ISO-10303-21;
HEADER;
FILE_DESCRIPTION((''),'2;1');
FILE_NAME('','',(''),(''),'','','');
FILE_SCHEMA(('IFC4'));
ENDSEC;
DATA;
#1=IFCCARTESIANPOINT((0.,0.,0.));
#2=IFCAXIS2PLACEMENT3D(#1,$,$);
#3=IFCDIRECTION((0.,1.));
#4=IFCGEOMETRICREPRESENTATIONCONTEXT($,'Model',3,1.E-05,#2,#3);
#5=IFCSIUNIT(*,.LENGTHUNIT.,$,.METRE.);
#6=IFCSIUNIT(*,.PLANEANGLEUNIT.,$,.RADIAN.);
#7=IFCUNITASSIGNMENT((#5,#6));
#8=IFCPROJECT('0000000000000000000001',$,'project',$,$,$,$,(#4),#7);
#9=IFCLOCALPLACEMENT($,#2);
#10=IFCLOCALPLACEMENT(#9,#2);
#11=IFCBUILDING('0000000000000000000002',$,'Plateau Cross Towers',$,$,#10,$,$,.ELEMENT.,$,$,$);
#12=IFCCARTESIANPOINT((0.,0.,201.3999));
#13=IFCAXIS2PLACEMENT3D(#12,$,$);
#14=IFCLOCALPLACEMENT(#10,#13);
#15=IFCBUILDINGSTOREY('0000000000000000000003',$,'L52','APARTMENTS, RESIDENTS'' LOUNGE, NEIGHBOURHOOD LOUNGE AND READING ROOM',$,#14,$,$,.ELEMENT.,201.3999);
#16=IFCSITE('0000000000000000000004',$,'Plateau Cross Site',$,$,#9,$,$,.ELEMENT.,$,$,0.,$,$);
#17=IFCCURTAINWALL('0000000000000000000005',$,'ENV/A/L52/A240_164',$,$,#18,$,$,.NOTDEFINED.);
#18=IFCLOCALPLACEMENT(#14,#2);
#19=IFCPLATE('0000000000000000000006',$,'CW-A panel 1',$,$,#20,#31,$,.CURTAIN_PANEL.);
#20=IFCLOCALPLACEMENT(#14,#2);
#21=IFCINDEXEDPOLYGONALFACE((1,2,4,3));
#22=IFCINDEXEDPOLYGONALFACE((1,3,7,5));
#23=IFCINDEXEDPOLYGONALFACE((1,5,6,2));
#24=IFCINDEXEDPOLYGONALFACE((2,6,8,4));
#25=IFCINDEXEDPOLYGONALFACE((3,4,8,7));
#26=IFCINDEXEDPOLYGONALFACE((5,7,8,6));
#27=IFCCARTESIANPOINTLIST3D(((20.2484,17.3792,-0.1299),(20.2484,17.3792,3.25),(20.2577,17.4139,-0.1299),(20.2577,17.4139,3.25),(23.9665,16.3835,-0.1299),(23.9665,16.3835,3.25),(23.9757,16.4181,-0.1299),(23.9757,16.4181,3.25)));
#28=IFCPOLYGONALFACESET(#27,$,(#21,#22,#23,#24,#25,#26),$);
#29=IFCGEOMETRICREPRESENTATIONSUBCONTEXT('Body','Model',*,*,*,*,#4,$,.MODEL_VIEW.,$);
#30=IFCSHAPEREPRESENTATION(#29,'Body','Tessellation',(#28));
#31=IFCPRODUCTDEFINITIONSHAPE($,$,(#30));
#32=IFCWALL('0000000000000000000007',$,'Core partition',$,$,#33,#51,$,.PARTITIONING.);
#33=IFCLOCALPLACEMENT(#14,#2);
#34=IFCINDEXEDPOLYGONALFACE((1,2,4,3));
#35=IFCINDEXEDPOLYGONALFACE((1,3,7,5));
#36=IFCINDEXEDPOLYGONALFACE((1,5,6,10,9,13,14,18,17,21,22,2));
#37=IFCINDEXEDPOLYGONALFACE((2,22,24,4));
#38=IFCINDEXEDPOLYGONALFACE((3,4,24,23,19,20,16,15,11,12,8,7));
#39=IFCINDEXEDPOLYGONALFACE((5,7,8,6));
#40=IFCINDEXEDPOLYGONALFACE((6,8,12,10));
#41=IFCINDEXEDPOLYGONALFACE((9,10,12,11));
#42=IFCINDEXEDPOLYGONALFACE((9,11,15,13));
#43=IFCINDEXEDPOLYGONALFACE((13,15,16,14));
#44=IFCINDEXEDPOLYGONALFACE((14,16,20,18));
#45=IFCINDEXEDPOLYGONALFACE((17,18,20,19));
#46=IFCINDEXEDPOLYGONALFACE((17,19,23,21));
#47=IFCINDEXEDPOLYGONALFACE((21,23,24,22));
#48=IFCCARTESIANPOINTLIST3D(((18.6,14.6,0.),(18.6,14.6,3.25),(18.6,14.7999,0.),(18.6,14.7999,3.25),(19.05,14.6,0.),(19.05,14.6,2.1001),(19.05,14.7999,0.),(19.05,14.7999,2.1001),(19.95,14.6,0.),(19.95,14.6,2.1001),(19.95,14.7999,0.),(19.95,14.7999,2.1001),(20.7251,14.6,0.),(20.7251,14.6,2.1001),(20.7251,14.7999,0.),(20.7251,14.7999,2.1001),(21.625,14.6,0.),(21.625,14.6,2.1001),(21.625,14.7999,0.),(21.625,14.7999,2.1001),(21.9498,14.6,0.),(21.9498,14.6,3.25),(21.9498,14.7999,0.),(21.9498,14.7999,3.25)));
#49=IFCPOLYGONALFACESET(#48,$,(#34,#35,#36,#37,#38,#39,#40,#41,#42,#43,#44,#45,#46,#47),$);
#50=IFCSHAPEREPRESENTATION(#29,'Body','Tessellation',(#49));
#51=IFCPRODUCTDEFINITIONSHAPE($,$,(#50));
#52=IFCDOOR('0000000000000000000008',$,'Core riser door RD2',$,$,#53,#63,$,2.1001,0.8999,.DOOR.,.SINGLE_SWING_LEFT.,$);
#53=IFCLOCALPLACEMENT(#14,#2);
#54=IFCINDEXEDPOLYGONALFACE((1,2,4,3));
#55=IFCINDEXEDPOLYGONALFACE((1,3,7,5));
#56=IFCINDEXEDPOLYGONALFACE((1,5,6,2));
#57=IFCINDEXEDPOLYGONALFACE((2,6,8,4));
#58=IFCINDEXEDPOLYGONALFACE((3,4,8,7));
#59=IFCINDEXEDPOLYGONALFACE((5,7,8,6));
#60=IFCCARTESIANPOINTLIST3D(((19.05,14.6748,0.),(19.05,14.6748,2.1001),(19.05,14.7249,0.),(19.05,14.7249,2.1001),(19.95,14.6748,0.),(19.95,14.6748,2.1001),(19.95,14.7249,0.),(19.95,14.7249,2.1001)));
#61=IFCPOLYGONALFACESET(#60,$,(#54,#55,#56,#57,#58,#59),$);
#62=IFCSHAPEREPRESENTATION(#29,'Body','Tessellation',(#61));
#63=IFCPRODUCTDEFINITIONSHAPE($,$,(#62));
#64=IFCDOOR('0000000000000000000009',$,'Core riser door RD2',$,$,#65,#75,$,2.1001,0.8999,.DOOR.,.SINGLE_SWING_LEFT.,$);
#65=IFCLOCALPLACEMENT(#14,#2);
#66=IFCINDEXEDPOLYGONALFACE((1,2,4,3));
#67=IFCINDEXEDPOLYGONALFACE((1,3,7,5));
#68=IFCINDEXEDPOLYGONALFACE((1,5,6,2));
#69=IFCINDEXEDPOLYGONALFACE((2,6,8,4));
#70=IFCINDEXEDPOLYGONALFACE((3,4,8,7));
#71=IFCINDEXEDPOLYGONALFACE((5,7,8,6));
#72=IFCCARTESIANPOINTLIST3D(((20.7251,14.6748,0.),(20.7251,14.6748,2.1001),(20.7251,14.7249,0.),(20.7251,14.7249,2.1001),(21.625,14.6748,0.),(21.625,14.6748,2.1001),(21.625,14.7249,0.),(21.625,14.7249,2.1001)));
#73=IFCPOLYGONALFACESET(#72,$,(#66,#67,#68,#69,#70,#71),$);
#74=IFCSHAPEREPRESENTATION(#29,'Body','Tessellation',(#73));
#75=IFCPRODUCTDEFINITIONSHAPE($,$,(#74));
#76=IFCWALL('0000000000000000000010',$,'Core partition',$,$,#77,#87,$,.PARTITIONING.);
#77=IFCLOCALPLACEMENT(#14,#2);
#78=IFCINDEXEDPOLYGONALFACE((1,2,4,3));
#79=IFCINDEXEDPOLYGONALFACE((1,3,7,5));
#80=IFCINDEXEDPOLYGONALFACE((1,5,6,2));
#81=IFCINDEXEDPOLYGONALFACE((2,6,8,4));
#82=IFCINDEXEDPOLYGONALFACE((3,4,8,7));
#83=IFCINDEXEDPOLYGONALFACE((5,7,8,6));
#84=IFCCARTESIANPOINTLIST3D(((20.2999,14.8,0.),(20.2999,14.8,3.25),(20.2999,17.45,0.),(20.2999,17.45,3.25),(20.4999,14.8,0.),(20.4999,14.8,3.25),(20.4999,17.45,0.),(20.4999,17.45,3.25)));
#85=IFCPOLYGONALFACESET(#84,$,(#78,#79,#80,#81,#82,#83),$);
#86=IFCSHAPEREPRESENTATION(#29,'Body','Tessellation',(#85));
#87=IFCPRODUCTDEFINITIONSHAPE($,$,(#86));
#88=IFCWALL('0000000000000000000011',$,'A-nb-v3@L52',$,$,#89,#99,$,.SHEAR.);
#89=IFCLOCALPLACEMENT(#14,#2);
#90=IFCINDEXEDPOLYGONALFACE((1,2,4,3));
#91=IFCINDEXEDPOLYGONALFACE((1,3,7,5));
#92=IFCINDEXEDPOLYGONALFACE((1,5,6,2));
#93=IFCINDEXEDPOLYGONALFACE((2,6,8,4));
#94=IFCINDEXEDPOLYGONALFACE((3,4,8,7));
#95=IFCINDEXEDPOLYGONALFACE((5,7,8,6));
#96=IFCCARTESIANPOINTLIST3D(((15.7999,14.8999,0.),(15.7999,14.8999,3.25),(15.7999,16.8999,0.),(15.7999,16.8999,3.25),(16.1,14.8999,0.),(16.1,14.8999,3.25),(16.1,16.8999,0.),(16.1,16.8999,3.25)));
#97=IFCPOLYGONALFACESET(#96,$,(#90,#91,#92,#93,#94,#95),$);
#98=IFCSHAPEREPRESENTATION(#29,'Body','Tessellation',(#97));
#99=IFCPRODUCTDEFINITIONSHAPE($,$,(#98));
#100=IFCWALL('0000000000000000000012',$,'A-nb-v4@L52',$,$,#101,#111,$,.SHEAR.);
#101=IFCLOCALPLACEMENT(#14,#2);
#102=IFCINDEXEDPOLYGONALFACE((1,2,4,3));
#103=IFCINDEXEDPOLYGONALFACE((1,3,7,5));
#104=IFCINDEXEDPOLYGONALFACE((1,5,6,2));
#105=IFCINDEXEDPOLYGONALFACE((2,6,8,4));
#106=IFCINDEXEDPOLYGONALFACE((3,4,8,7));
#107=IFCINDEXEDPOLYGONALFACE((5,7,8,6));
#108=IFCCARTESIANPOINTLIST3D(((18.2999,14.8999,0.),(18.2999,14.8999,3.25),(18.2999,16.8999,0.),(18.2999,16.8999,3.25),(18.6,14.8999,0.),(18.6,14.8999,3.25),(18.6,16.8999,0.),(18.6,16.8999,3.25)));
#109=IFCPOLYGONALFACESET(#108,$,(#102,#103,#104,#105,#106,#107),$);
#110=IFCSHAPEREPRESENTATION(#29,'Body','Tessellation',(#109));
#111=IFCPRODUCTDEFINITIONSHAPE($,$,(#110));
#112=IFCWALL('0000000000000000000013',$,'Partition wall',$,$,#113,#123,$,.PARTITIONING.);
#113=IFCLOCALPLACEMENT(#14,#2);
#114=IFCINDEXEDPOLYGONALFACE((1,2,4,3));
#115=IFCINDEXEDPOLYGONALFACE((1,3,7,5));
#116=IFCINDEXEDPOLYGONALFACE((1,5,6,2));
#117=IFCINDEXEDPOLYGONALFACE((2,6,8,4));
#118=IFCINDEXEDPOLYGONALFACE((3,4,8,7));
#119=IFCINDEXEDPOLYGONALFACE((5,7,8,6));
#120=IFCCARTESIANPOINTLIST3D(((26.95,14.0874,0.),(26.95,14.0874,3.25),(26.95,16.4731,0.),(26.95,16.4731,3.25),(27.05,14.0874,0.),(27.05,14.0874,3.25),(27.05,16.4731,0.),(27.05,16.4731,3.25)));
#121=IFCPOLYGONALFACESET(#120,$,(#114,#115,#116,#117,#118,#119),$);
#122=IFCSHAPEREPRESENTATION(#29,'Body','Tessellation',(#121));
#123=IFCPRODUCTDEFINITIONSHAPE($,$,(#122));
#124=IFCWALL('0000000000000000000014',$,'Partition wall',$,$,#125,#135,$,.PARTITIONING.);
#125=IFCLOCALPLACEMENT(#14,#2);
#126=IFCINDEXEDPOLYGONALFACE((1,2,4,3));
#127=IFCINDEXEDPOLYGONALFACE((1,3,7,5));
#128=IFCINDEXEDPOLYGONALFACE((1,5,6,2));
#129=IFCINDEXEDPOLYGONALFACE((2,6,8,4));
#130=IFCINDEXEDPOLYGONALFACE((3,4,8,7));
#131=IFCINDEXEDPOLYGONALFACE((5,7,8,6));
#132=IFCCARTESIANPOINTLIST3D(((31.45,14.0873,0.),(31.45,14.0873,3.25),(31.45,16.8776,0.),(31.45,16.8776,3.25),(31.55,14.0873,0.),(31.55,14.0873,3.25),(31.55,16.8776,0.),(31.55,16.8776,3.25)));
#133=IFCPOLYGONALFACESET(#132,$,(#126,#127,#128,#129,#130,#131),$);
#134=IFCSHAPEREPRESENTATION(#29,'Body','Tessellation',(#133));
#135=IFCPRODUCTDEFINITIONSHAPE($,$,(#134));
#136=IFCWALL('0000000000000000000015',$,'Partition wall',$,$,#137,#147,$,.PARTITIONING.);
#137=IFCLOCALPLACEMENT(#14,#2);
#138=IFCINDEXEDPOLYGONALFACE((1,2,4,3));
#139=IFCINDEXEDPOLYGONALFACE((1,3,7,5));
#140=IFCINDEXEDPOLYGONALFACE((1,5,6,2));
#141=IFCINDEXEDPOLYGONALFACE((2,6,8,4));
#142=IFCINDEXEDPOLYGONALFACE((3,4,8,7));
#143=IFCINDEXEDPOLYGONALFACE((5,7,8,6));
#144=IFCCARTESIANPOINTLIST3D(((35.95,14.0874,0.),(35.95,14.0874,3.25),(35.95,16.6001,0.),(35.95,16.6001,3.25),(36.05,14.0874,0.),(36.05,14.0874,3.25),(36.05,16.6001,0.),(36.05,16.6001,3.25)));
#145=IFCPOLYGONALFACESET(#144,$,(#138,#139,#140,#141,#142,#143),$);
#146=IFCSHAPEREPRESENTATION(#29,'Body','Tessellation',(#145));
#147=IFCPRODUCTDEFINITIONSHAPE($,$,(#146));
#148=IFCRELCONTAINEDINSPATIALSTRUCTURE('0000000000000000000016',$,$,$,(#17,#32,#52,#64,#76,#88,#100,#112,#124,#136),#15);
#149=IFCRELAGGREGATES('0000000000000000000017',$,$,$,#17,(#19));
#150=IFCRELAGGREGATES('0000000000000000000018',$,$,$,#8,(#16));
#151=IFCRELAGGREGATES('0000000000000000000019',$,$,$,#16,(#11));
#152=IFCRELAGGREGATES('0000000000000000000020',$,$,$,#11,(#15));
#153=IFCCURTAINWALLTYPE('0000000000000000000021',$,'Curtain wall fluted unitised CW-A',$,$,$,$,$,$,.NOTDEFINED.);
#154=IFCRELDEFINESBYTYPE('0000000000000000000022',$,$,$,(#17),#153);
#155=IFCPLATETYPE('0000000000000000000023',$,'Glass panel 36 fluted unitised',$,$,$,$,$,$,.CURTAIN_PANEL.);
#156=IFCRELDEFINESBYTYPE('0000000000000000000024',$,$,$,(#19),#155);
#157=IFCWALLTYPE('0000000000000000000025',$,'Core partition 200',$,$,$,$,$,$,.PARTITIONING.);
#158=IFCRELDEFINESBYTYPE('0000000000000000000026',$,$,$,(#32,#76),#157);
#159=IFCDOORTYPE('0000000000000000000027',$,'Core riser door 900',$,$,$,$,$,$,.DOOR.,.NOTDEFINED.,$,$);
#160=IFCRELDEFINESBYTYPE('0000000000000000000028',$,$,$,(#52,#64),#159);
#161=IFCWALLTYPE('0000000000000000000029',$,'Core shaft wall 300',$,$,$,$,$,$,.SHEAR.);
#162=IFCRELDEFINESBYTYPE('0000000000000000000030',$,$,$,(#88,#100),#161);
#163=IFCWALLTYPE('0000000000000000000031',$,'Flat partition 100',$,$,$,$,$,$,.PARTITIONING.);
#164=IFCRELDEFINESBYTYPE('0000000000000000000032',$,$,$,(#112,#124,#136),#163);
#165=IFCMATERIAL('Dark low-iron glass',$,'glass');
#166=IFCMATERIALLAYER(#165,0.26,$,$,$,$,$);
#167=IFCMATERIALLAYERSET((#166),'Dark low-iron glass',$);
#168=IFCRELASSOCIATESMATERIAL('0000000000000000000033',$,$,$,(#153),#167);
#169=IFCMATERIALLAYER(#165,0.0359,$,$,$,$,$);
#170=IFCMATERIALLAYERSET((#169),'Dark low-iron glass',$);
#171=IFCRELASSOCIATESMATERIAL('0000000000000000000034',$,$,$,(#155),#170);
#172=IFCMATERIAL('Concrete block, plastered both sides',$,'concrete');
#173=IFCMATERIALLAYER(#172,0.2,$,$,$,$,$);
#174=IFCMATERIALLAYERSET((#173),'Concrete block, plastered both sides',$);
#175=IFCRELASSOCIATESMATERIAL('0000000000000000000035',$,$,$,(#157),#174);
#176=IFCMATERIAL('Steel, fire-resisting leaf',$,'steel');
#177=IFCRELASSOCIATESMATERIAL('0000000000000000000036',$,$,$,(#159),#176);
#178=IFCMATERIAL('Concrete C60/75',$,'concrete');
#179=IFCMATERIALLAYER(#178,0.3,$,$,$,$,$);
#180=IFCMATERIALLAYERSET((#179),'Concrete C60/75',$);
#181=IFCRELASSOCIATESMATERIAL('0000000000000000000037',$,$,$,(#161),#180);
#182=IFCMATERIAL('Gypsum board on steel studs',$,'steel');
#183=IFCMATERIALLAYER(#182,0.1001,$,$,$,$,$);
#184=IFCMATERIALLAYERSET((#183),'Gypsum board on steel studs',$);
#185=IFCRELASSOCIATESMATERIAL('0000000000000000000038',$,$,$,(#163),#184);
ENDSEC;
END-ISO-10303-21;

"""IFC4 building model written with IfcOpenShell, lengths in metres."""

from ifc_helpers import new_model, si_unit, direction, frame, frame_2d, origin, origin_2d, place, context, subcontext, project, spatial, rectangle, extrude, material, layer, layer_set, type_object, element, fill, aggregate, save


model = new_model("IFC4")

# Units and contexts
model_context = context("Model", 3, precision=1e-05, world=origin(), true_north=direction((0.0, 1.0)))
body_context = subcontext(model_context, "Body", "Model", "MODEL_VIEW")
ifc_project = project(units=[si_unit("LENGTHUNIT", "METRE"), si_unit("PLANEANGLEUNIT", "RADIAN")], contexts=[model_context])

# Site, building, storey
site_placement = place(None, origin())
site = spatial("IfcSite", under=ifc_project, at=site_placement, Name="Plateau Cross Site", CompositionType="ELEMENT", RefElevation=0.0)
building_placement = place(site_placement, origin())
building = spatial("IfcBuilding", under=site, at=building_placement, Name="Plateau Cross Towers", CompositionType="ELEMENT")
storey_placement = place(building_placement, frame((0.0, 0.0, 201.3999)))
storey = spatial("IfcBuildingStorey", under=building, at=storey_placement, Name="L52", Description="APARTMENTS, RESIDENTS' LOUNGE, NEIGHBOURHOOD LOUNGE AND READING ROOM", CompositionType="ELEMENT", Elevation=201.3999)

# Shared definitions
ifc_material_1 = material(Name="Concrete C60/75", Category="concrete")

# Curtain wall
ifc_material_2 = material(Name="Dark low-iron glass", Category="glass")
ifc_layer_1 = layer(ifc_material_2, 0.26)
ifc_layer_set_1 = layer_set([ifc_layer_1], Name="Dark low-iron glass")
curtain_wall_type_1 = type_object("IfcCurtainWallType", Name="Curtain wall fluted unitised CW-A", PredefinedType="NOTDEFINED", material=ifc_layer_set_1)
curtain_wall_1_placement = place(storey_placement, origin())
curtain_wall_1 = element("IfcCurtainWall", 1, at=curtain_wall_1_placement, inside=storey, type_object=curtain_wall_type_1, Name="ENV/A/L52/A240_164", PredefinedType="NOTDEFINED")

# Plate
ifc_layer_2 = layer(ifc_material_2, 0.0359)
ifc_layer_set_2 = layer_set([ifc_layer_2], Name="Dark low-iron glass")
plate_type_1 = type_object("IfcPlateType", Name="Glass panel 36 fluted unitised", PredefinedType="CURTAIN_PANEL", material=ifc_layer_set_2)
plate_1_placement = place(storey_placement, frame((22.1121, 16.8987, -0.1299), z_axis=(0.0, 0.0, 1.0), x_axis=(-0.965958, 0.258699, 0.0)))
plate_1 = element("IfcPlate", 2, at=plate_1_placement, type_object=plate_type_1, Name="CW-A panel 1", PredefinedType="CURTAIN_PANEL", context=body_context, shape_type="SweptSolid", body=[
    extrude(rectangle(XDim=3.8491, YDim=0.0359, at=origin_2d()), origin(), (0.0, 0.0, 1.0), 3.3799),
])
aggregate(curtain_wall_1, [plate_1])

# Wall, openings, doors
ifc_material_3 = material(Name="Concrete block, plastered both sides", Category="concrete")
ifc_layer_3 = layer(ifc_material_3, 0.2)
ifc_layer_set_3 = layer_set([ifc_layer_3], Name="Concrete block, plastered both sides")
wall_type_1 = type_object("IfcWallType", Name="Core partition 200", PredefinedType="PARTITIONING", material=ifc_layer_set_3)
wall_1_placement = place(storey_placement, frame((18.6001, 14.7, 0.0), z_axis=(0.0, 0.0, 1.0), x_axis=(1.0, 0.0, 0.0)))
wall_1 = element("IfcWall", 3, at=wall_1_placement, inside=storey, type_object=wall_type_1, Name="Core partition", PredefinedType="PARTITIONING", context=body_context, shape_type="SweptSolid", body=[
    extrude(rectangle(XDim=3.3499, YDim=0.2, at=frame_2d((1.6748, 0.0))), origin(), (0.0, 0.0, 1.0), 3.25),
])
opening_1_placement = place(wall_1_placement, frame((0.45, 0.0, 0.0)))
opening_1 = element("IfcOpeningElement", 4, at=opening_1_placement, cuts=wall_1, PredefinedType="OPENING", context=body_context, shape_type="SweptSolid", body=[
    extrude(rectangle(XDim=0.8999, YDim=2.1001, at=frame_2d((0.45, 1.05))), frame((0.0, 0.1099, 0.0), z_axis=(0.0, -1.0, 0.0), x_axis=(1.0, 0.0, 0.0)), (0.0, 0.0, 1.0), 0.22),
])
opening_2_placement = place(wall_1_placement, frame((2.125, 0.0, 0.0)))
opening_2 = element("IfcOpeningElement", 5, at=opening_2_placement, cuts=wall_1, PredefinedType="OPENING", context=body_context, shape_type="SweptSolid", body=[
    extrude(rectangle(XDim=0.8999, YDim=2.1001, at=frame_2d((0.45, 1.05))), frame((0.0, 0.1099, 0.0), z_axis=(0.0, -1.0, 0.0), x_axis=(1.0, 0.0, 0.0)), (0.0, 0.0, 1.0), 0.22),
])
ifc_material_4 = material(Name="Steel, fire-resisting leaf", Category="steel")
door_type = type_object("IfcDoorType", Name="Core riser door 900", OperationType="NOTDEFINED", PredefinedType="DOOR", material=ifc_material_4)
door_1_placement = place(opening_1_placement, origin())
door_1 = element("IfcDoor", 6, at=door_1_placement, inside=storey, type_object=door_type, Name="Core riser door RD2", OperationType="SINGLE_SWING_LEFT", OverallHeight=2.1001, OverallWidth=0.8999, PredefinedType="DOOR", context=body_context, shape_type="SweptSolid", body=[
    extrude(rectangle(XDim=0.8999, YDim=2.1001, at=frame_2d((0.45, 1.05))), frame((0.0, 0.0249, 0.0), z_axis=(0.0, -1.0, 0.0), x_axis=(1.0, 0.0, 0.0)), (0.0, 0.0, 1.0), 0.05),
])
fill(opening_1, door_1)
door_2_placement = place(opening_2_placement, origin())
door_2 = element("IfcDoor", 7, at=door_2_placement, inside=storey, type_object=door_type, Name="Core riser door RD2", OperationType="SINGLE_SWING_LEFT", OverallHeight=2.1001, OverallWidth=0.8999, PredefinedType="DOOR", context=body_context, shape_type="SweptSolid", body=[
    extrude(rectangle(XDim=0.8999, YDim=2.1001, at=frame_2d((0.45, 1.05))), frame((0.0, 0.0249, 0.0), z_axis=(0.0, -1.0, 0.0), x_axis=(1.0, 0.0, 0.0)), (0.0, 0.0, 1.0), 0.05),
])
fill(opening_2, door_2)

# Walls
wall_2_placement = place(storey_placement, frame((20.3999, 14.8, 0.0), z_axis=(0.0, 0.0, 1.0), x_axis=(0.0, 1.0, 0.0)))
element("IfcWall", 8, at=wall_2_placement, inside=storey, type_object=wall_type_1, Name="Core partition", PredefinedType="PARTITIONING", context=body_context, shape_type="SweptSolid", body=[
    extrude(rectangle(XDim=2.6499, YDim=0.2, at=frame_2d((1.325, 0.0))), origin(), (0.0, 0.0, 1.0), 3.25),
])
ifc_layer_4 = layer(ifc_material_1, 0.3)
ifc_layer_set_4 = layer_set([ifc_layer_4], Name="Concrete C60/75")
wall_type_2 = type_object("IfcWallType", Name="Core shaft wall 300", PredefinedType="SHEAR", material=ifc_layer_set_4)
for number, where, z_axis, x_axis, name in (
    (9, (15.95, 14.8999, 0.0), (0.0, 0.0, 1.0), (0.0, 1.0, 0.0), "A-nb-v3@L52"),
    (10, (18.45, 14.8999, 0.0), (0.0, 0.0, 1.0), (0.0, 1.0, 0.0), "A-nb-v4@L52"),
):
    element("IfcWall", number, at=place(storey_placement, frame(where, z_axis=z_axis, x_axis=x_axis)), inside=storey, type_object=wall_type_2, Name=name, PredefinedType="SHEAR", context=body_context, shape_type="SweptSolid", body=[
        extrude(rectangle(XDim=2.0, YDim=0.3, at=frame_2d((1.0, 0.0))), origin(), (0.0, 0.0, 1.0), 3.25),
    ])
ifc_material_5 = material(Name="Gypsum board on steel studs", Category="steel")
ifc_layer_5 = layer(ifc_material_5, 0.1001)
ifc_layer_set_5 = layer_set([ifc_layer_5], Name="Gypsum board on steel studs")
wall_type_3 = type_object("IfcWallType", Name="Flat partition 100", PredefinedType="PARTITIONING", material=ifc_layer_set_5)
wall_3_placement = place(storey_placement, frame((27.0, 16.4731, 0.0), z_axis=(0.0, 0.0, 1.0), x_axis=(0.0, -1.0, 0.0)))
element("IfcWall", 11, at=wall_3_placement, inside=storey, type_object=wall_type_3, Name="Partition wall", PredefinedType="PARTITIONING", context=body_context, shape_type="SweptSolid", body=[
    extrude(rectangle(XDim=2.3857, YDim=0.1001, at=frame_2d((1.1929, 0.0))), origin(), (0.0, 0.0, 1.0), 3.25),
])
wall_4_placement = place(storey_placement, frame((31.5, 14.0874, 0.0), z_axis=(0.0, 0.0, 1.0), x_axis=(0.0, 1.0, 0.0)))
element("IfcWall", 12, at=wall_4_placement, inside=storey, type_object=wall_type_3, Name="Partition wall", PredefinedType="PARTITIONING", context=body_context, shape_type="SweptSolid", body=[
    extrude(rectangle(XDim=2.7903, YDim=0.1001, at=frame_2d((1.395, 0.0))), origin(), (0.0, 0.0, 1.0), 3.25),
])
wall_5_placement = place(storey_placement, frame((36.0, 14.0874, 0.0), z_axis=(0.0, 0.0, 1.0), x_axis=(0.0, 1.0, 0.0)))
element("IfcWall", 13, at=wall_5_placement, inside=storey, type_object=wall_type_3, Name="Partition wall", PredefinedType="PARTITIONING", context=body_context, shape_type="SweptSolid", body=[
    extrude(rectangle(XDim=2.5127, YDim=0.1001, at=frame_2d((1.2563, 0.0))), origin(), (0.0, 0.0, 1.0), 3.25),
])

save(model, "model.ifc")
